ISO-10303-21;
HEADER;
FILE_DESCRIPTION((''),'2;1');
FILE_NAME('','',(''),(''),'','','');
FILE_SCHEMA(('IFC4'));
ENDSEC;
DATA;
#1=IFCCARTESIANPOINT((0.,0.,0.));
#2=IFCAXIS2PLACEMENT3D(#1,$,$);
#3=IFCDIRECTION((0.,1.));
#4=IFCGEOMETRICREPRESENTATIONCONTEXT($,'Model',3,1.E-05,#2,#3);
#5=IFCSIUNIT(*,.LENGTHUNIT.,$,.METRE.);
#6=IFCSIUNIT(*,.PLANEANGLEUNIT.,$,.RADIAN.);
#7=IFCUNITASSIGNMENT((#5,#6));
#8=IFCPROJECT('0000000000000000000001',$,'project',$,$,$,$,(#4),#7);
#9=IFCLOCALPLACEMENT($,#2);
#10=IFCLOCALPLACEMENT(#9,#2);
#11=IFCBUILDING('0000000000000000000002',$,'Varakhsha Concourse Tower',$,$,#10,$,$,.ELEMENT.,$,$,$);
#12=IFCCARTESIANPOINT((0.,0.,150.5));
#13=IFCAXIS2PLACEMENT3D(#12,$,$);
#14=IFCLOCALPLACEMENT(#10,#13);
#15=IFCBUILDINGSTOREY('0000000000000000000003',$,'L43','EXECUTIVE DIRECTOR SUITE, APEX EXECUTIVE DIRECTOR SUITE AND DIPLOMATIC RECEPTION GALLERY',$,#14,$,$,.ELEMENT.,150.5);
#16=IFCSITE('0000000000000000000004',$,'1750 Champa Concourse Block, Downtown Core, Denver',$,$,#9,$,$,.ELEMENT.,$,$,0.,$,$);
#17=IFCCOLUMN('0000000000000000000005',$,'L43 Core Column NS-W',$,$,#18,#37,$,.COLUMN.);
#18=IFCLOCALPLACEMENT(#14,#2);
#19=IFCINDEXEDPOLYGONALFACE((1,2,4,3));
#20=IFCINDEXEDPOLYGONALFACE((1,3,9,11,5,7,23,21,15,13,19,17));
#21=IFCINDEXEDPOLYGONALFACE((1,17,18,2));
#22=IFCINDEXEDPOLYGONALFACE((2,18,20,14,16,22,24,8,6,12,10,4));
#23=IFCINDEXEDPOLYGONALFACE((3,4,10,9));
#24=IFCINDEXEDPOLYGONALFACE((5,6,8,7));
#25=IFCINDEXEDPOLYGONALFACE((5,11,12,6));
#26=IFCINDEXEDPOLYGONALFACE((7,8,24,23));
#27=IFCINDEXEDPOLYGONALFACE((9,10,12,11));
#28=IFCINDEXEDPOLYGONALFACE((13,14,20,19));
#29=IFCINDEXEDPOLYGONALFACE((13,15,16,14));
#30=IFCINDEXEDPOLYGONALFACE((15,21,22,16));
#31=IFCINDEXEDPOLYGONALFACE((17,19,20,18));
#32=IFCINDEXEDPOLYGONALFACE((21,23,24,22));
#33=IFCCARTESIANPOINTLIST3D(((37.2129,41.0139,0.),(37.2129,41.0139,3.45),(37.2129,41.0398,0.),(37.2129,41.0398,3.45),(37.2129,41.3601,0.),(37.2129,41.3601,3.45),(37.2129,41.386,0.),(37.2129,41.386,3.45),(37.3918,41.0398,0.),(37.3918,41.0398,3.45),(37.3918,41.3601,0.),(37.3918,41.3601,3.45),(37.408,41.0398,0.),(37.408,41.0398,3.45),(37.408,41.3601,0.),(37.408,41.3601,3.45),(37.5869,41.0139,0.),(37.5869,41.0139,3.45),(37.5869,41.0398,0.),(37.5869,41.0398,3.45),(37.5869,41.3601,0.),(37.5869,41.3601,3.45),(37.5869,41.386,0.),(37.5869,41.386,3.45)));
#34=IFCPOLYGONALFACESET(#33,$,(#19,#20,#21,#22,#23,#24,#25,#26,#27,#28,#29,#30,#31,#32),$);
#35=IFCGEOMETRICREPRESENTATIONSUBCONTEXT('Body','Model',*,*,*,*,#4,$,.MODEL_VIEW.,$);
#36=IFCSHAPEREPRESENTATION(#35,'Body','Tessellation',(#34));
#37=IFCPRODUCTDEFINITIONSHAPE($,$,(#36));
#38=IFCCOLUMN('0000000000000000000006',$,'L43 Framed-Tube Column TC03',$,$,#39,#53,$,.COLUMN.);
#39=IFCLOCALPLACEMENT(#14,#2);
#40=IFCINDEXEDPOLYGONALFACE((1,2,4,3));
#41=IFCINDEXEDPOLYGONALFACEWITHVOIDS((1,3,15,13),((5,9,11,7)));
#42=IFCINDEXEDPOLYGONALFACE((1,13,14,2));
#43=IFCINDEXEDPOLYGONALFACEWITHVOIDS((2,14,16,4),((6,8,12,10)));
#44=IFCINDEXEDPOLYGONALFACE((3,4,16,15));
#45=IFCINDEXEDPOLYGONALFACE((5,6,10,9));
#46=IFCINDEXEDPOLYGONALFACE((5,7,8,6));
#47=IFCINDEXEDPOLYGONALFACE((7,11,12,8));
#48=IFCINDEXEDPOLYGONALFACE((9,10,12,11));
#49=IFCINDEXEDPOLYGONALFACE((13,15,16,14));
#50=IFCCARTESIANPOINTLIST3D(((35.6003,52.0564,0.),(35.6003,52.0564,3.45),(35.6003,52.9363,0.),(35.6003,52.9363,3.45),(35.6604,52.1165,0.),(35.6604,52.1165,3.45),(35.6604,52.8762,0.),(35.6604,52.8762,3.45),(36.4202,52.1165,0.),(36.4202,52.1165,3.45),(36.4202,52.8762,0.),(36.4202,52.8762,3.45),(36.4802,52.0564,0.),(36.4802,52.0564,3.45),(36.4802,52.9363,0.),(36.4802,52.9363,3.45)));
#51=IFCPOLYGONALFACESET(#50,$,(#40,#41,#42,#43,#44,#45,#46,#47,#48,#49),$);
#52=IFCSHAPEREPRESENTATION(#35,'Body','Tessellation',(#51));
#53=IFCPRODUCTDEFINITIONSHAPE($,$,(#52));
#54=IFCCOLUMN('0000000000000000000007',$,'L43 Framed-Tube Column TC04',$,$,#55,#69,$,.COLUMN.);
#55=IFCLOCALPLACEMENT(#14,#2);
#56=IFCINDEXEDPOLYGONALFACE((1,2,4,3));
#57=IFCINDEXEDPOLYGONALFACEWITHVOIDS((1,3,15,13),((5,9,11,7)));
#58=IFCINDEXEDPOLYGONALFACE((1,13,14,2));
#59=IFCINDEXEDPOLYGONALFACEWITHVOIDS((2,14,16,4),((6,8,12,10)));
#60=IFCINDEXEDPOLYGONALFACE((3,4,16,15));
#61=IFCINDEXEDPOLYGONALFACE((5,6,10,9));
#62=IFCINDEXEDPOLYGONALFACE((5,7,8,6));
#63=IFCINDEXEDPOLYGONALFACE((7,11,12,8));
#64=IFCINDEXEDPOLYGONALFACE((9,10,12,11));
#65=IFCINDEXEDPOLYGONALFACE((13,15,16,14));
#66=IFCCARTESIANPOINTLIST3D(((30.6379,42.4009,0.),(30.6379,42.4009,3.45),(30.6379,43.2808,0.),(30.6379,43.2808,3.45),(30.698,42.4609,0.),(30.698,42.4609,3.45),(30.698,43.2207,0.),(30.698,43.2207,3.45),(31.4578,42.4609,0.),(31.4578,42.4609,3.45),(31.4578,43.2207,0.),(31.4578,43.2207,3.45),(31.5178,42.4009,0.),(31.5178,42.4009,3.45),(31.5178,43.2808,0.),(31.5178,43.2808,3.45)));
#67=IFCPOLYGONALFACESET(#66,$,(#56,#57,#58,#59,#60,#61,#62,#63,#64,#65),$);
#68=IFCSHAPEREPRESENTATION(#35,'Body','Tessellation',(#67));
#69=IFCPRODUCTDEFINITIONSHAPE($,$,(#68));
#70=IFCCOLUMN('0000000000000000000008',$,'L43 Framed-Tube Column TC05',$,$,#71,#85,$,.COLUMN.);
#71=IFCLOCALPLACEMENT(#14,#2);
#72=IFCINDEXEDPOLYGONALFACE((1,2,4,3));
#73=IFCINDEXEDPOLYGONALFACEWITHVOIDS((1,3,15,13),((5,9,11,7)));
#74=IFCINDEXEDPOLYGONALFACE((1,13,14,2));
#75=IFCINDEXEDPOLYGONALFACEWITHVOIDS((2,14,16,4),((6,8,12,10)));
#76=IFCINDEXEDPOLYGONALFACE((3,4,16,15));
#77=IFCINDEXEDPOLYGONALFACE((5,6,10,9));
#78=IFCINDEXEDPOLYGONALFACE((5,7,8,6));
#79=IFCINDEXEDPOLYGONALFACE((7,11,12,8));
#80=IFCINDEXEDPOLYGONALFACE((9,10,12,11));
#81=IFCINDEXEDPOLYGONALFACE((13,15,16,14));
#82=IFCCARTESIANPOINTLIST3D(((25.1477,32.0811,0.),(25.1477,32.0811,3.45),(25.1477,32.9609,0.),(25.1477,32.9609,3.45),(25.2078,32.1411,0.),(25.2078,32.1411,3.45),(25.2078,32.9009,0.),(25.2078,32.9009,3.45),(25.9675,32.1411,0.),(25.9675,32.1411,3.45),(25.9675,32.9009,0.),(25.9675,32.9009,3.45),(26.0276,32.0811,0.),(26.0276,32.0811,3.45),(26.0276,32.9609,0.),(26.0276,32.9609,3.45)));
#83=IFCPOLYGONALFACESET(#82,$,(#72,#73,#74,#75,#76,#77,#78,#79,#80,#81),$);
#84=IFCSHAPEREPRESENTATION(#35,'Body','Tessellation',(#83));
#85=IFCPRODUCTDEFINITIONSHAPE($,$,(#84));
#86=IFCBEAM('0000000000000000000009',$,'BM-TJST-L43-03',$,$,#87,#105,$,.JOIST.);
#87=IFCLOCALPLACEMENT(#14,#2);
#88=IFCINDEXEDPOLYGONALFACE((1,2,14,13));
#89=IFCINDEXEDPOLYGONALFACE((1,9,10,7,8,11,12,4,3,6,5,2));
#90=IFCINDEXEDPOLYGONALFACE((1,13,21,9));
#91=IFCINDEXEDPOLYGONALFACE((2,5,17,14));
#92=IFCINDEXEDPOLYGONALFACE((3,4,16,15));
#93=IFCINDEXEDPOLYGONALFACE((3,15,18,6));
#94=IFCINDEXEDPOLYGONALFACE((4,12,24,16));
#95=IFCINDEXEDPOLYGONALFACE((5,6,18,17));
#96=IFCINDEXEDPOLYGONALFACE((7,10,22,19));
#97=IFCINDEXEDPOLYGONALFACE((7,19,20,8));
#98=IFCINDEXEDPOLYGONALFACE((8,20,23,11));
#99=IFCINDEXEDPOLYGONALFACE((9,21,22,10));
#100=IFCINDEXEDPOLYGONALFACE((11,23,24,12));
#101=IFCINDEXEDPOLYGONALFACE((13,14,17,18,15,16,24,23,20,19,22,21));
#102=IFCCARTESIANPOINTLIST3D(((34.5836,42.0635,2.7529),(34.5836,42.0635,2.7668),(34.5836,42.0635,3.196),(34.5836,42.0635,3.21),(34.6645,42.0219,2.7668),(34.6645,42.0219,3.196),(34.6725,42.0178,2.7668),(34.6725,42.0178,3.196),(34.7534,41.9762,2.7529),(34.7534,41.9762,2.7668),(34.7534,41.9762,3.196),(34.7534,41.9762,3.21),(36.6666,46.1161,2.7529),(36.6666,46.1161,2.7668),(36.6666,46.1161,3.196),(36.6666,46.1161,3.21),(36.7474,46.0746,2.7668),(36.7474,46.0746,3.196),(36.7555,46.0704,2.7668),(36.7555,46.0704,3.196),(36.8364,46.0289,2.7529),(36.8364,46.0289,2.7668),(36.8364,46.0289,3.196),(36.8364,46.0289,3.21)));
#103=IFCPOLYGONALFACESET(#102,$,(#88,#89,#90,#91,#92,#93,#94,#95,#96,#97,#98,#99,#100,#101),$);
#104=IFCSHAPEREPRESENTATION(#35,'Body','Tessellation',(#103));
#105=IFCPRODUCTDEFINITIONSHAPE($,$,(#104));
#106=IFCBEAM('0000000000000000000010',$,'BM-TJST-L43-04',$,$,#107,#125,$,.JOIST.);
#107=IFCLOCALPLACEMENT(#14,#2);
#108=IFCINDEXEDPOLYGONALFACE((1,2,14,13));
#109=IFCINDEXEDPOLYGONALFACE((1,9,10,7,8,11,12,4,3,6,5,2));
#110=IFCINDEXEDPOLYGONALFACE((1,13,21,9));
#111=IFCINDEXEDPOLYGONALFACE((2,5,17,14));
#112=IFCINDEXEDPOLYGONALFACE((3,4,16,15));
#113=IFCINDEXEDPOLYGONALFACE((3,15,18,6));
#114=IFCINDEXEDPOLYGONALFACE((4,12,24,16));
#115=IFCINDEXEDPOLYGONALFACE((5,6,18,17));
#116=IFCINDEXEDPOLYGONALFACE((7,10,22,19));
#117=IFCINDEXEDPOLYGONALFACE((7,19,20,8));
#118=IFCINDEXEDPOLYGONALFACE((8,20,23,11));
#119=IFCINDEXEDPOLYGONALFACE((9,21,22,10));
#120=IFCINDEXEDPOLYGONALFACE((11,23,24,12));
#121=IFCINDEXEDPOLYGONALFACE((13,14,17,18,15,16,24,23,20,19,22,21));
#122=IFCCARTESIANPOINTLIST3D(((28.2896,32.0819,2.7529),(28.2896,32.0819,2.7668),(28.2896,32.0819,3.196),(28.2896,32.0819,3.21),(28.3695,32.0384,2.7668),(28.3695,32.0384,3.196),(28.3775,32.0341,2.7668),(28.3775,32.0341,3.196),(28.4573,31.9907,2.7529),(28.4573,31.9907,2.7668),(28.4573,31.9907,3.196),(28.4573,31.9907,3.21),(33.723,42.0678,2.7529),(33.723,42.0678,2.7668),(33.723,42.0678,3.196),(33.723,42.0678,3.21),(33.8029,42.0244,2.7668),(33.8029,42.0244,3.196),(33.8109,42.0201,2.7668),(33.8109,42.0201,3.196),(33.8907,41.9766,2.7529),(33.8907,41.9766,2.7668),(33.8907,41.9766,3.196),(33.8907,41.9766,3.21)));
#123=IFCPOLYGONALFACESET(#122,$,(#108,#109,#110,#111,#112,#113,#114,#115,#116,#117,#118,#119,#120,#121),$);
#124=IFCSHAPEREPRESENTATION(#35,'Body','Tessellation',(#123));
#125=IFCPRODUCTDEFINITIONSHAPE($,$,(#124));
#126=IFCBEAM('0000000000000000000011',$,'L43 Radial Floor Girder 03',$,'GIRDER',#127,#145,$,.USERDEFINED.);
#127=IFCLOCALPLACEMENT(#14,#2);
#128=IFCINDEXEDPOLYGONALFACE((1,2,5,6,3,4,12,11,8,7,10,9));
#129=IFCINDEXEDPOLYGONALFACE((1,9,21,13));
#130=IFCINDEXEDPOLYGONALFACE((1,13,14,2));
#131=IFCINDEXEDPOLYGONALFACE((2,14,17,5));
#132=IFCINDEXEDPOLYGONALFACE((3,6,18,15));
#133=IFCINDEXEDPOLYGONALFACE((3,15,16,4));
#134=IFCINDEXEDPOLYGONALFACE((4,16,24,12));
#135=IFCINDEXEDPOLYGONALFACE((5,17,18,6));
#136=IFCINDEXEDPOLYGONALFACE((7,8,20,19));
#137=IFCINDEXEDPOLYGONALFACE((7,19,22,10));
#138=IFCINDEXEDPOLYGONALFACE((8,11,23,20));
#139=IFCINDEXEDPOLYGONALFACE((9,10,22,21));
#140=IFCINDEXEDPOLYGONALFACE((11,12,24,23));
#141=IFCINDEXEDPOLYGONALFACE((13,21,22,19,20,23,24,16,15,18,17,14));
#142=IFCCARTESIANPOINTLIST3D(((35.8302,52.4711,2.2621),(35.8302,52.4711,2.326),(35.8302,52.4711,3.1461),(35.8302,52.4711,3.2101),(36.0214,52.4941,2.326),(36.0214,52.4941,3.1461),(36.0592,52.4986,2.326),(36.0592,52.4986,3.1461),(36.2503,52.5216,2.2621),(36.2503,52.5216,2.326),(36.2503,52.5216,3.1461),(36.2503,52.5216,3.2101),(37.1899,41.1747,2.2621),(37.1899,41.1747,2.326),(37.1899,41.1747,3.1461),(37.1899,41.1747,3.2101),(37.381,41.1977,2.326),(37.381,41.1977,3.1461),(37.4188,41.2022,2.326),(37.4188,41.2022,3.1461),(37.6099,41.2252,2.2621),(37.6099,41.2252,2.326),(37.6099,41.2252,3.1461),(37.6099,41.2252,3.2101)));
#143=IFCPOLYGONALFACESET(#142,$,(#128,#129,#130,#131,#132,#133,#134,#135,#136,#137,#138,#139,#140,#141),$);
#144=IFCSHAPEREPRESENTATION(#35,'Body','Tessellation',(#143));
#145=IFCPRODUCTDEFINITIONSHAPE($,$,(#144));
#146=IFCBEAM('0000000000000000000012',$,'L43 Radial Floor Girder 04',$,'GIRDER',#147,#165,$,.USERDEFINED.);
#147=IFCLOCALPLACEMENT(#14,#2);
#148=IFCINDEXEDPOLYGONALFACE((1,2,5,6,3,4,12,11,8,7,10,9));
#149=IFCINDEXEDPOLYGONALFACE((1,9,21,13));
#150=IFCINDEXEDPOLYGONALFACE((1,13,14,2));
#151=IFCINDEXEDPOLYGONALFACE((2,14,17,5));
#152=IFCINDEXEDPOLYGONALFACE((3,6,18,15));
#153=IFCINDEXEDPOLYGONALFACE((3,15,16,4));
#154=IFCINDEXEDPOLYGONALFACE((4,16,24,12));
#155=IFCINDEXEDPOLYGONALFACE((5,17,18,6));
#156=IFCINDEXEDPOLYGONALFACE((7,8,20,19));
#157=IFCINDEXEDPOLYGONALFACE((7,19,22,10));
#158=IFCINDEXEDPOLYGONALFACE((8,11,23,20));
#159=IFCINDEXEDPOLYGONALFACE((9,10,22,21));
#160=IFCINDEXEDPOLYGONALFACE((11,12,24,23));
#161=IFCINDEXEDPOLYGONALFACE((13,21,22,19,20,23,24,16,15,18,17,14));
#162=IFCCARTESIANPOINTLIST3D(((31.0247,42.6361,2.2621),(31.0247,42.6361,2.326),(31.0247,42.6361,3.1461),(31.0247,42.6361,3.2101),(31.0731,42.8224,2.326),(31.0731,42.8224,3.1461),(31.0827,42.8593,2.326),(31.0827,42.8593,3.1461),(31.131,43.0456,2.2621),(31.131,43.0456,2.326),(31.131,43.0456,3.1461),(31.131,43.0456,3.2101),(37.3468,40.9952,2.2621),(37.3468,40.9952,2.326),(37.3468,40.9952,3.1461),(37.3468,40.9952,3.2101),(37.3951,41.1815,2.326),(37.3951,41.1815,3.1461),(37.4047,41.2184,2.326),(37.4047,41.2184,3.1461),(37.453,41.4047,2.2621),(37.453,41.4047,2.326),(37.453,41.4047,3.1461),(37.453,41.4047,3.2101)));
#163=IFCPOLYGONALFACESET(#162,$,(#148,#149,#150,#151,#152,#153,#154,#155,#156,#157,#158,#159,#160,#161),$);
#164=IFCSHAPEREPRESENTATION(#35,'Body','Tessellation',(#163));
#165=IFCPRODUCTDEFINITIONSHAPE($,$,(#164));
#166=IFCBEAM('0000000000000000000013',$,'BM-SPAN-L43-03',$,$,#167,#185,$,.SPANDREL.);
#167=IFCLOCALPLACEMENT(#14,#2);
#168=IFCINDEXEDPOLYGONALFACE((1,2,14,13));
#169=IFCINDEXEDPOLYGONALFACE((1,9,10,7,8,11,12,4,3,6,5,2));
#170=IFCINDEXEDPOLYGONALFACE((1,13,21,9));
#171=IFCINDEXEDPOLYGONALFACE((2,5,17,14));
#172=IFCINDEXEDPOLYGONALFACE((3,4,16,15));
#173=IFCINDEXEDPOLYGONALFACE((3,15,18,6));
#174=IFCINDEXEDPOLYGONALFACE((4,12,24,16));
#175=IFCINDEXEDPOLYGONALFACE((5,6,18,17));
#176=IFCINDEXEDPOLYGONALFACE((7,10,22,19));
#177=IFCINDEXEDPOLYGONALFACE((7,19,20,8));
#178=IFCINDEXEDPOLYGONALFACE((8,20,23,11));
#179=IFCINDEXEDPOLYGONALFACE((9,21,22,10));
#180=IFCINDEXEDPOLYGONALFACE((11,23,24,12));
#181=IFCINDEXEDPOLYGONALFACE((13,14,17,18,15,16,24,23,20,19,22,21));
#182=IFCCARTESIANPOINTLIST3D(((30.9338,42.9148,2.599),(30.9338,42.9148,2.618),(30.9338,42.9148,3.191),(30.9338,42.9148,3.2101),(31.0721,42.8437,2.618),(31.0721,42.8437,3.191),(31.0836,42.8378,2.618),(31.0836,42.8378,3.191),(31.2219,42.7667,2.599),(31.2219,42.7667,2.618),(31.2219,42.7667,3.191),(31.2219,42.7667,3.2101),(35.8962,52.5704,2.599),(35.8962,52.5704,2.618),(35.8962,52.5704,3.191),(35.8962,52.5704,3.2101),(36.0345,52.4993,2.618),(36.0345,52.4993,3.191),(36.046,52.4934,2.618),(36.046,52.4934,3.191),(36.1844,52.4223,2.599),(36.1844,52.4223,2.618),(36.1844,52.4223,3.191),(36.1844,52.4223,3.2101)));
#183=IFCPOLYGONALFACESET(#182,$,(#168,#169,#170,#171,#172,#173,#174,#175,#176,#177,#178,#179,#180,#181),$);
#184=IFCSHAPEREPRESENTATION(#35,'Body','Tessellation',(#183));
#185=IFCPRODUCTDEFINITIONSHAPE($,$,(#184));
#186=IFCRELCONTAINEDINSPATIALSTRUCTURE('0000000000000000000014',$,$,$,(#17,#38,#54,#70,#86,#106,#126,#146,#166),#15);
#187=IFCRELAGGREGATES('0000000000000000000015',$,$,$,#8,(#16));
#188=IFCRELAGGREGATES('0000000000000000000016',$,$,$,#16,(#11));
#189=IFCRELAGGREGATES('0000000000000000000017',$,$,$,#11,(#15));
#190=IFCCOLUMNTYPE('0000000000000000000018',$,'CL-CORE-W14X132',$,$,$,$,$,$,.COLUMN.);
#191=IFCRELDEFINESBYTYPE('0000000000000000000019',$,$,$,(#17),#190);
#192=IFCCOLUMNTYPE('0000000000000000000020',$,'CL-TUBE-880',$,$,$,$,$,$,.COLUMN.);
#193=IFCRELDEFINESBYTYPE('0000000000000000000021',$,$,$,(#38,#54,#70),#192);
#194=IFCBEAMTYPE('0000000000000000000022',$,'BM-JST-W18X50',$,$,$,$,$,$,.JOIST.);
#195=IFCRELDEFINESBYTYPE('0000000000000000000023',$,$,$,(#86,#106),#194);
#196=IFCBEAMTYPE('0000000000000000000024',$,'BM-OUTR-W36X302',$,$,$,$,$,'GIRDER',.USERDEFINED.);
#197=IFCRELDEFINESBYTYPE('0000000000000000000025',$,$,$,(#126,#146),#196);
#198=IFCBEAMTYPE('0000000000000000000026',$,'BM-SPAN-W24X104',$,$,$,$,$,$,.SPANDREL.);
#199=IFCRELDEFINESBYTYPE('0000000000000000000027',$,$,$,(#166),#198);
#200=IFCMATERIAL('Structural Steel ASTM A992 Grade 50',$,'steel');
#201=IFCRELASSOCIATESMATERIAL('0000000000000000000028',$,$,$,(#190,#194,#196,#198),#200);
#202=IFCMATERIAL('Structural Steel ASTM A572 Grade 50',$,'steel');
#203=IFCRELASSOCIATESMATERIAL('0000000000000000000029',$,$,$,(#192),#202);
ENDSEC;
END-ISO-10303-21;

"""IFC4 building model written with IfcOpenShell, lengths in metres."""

from ifc_helpers import new_model, si_unit, direction, frame, origin, origin_2d, place, context, subcontext, project, spatial, hollow_rectangle, i_section, extrude, material, material_profile, profile_set, type_object, element, save


model = new_model("IFC4")

# Units and contexts
model_context = context("Model", 3, precision=1e-05, world=origin(), true_north=direction((0.0, 1.0)))
body_context = subcontext(model_context, "Body", "Model", "MODEL_VIEW")
ifc_project = project(units=[si_unit("LENGTHUNIT", "METRE"), si_unit("PLANEANGLEUNIT", "RADIAN")], contexts=[model_context])

# Site, building, storey
site_placement = place(None, origin())
site = spatial("IfcSite", under=ifc_project, at=site_placement, Name="1750 Champa Concourse Block, Downtown Core, Denver", CompositionType="ELEMENT", RefElevation=0.0)
building_placement = place(site_placement, origin())
building = spatial("IfcBuilding", under=site, at=building_placement, Name="Varakhsha Concourse Tower", CompositionType="ELEMENT")
storey_placement = place(building_placement, frame((0.0, 0.0, 150.5)))
storey = spatial("IfcBuildingStorey", under=building, at=storey_placement, Name="L43", Description="EXECUTIVE DIRECTOR SUITE, APEX EXECUTIVE DIRECTOR SUITE AND DIPLOMATIC RECEPTION GALLERY", CompositionType="ELEMENT", Elevation=150.5)

# Columns
ifc_material_1 = material(Name="Structural Steel ASTM A992 Grade 50", Category="steel")
ifc_material_profile_1 = material_profile(ifc_material_1, i_section(OverallWidth=0.374, OverallDepth=0.3721, WebThickness=0.0161, FlangeThickness=0.0259, at=origin_2d()), Name="W14X132")
ifc_profile_set_1 = profile_set([ifc_material_profile_1], Name="Structural Steel ASTM A992 Grade 50")
column_type_1 = type_object("IfcColumnType", Name="CL-CORE-W14X132", PredefinedType="COLUMN", material=ifc_profile_set_1)
column_placement = place(storey_placement, frame((37.3999, 41.2, 0.0), z_axis=(0.0, 0.0, 1.0), x_axis=(1.0, 0.0, 0.0)))
element("IfcColumn", 1, at=column_placement, inside=storey, type_object=column_type_1, Name="L43 Core Column NS-W", PredefinedType="COLUMN", context=body_context, shape_type="SweptSolid", body=[
    extrude(i_section(OverallWidth=0.374, OverallDepth=0.3721, WebThickness=0.0161, FlangeThickness=0.0259, at=origin_2d()), origin(), (0.0, 0.0, 1.0), 3.45),
])
ifc_material_2 = material(Name="Structural Steel ASTM A572 Grade 50", Category="steel")
ifc_material_profile_2 = material_profile(ifc_material_2, hollow_rectangle(XDim=0.8799, YDim=0.8799, WallThickness=0.0601, at=origin_2d()), Name="BOX 880x880x60")
ifc_profile_set_2 = profile_set([ifc_material_profile_2], Name="Structural Steel ASTM A572 Grade 50")
column_type_2 = type_object("IfcColumnType", Name="CL-TUBE-880", PredefinedType="COLUMN", material=ifc_profile_set_2)
for number, where, z_axis, x_axis, name in (
    (2, (36.0403, 52.4963, 0.0), (0.0, 0.0, 1.0), (1.0, 0.0, 0.0), "L43 Framed-Tube Column TC03"),
    (3, (31.0779, 42.8408, 0.0), (0.0, 0.0, 1.0), (1.0, 0.0, 0.0), "L43 Framed-Tube Column TC04"),
    (4, (25.5876, 32.521, 0.0), (0.0, 0.0, 1.0), (1.0, 0.0, 0.0), "L43 Framed-Tube Column TC05"),
):
    element("IfcColumn", number, at=place(storey_placement, frame(where, z_axis=z_axis, x_axis=x_axis)), inside=storey, type_object=column_type_2, Name=name, PredefinedType="COLUMN", context=body_context, shape_type="SweptSolid", body=[
        extrude(hollow_rectangle(XDim=0.8799, YDim=0.8799, WallThickness=0.0601, at=origin_2d()), origin(), (0.0, 0.0, 1.0), 3.45),
    ])

# Beams
ifc_material_profile_3 = material_profile(ifc_material_1, i_section(OverallWidth=0.1909, OverallDepth=0.457, WebThickness=0.009, FlangeThickness=0.0139, at=origin_2d()), Name="W18X50")
ifc_profile_set_3 = profile_set([ifc_material_profile_3], Name="Structural Steel ASTM A992 Grade 50")
beam_type_1 = type_object("IfcBeamType", Name="BM-JST-W18X50", PredefinedType="JOIST", material=ifc_profile_set_3)
beam_1_placement = place(storey_placement, frame((36.7515, 46.0725, 2.9814), z_axis=(-0.45713, -0.8894, 0.0), x_axis=(0.8894, -0.45713, 0.0)))
element("IfcBeam", 5, at=beam_1_placement, inside=storey, type_object=beam_type_1, Name="BM-TJST-L43-03", PredefinedType="JOIST", context=body_context, shape_type="SweptSolid", body=[
    extrude(i_section(OverallWidth=0.1909, OverallDepth=0.457, WebThickness=0.009, FlangeThickness=0.0139, at=origin_2d()), origin(), (0.0, 0.0, 1.0), 4.5566),
])
beam_2_placement = place(storey_placement, frame((33.8069, 42.0222, 2.9814), z_axis=(-0.477939, -0.878393, 0.0), x_axis=(0.878393, -0.477939, 0.0)))
element("IfcBeam", 6, at=beam_2_placement, inside=storey, type_object=beam_type_1, Name="BM-TJST-L43-04", PredefinedType="JOIST", context=body_context, shape_type="SweptSolid", body=[
    extrude(i_section(OverallWidth=0.1909, OverallDepth=0.457, WebThickness=0.009, FlangeThickness=0.0139, at=origin_2d()), origin(), (0.0, 0.0, 1.0), 11.3684),
])
ifc_material_profile_4 = material_profile(ifc_material_1, i_section(OverallWidth=0.4231, OverallDepth=0.948, WebThickness=0.0381, FlangeThickness=0.064, at=origin_2d()), Name="W36X302")
ifc_profile_set_4 = profile_set([ifc_material_profile_4], Name="Structural Steel ASTM A992 Grade 50")
beam_type_2 = type_object("IfcBeamType", Name="BM-OUTR-W36X302", ElementType="GIRDER", PredefinedType="USERDEFINED", material=ifc_profile_set_4)
beam_3_placement = place(storey_placement, frame((37.3999, 41.2, 2.7361), z_axis=(-0.119496, 0.992835, 0.0), x_axis=(-0.992835, -0.119496, 0.0)))
element("IfcBeam", 7, at=beam_3_placement, inside=storey, type_object=beam_type_2, Name="L43 Radial Floor Girder 03", ObjectType="GIRDER", PredefinedType="USERDEFINED", context=body_context, shape_type="SweptSolid", body=[
    extrude(i_section(OverallWidth=0.4231, OverallDepth=0.948, WebThickness=0.0381, FlangeThickness=0.064, at=origin_2d()), origin(), (0.0, 0.0, 1.0), 11.3779),
])
beam_4_placement = place(storey_placement, frame((37.3999, 41.2, 2.7361), z_axis=(-0.967929, 0.251224, 0.0), x_axis=(-0.251224, -0.967929, 0.0)))
element("IfcBeam", 8, at=beam_4_placement, inside=storey, type_object=beam_type_2, Name="L43 Radial Floor Girder 04", ObjectType="GIRDER", PredefinedType="USERDEFINED", context=body_context, shape_type="SweptSolid", body=[
    extrude(i_section(OverallWidth=0.4231, OverallDepth=0.948, WebThickness=0.0381, FlangeThickness=0.064, at=origin_2d()), origin(), (0.0, 0.0, 1.0), 6.5315),
])
ifc_material_profile_5 = material_profile(ifc_material_1, i_section(OverallWidth=0.324, OverallDepth=0.6111, WebThickness=0.0129, FlangeThickness=0.019, at=origin_2d()), Name="W24X104")
ifc_profile_set_5 = profile_set([ifc_material_profile_5], Name="Structural Steel ASTM A992 Grade 50")
beam_type_3 = type_object("IfcBeamType", Name="BM-SPAN-W24X104", PredefinedType="SPANDREL", material=ifc_profile_set_5)
beam_5_placement = place(storey_placement, frame((36.0403, 52.4963, 2.9045), z_axis=(-0.457108, -0.889411, 0.0), x_axis=(0.889411, -0.457108, 0.0)))
element("IfcBeam", 9, at=beam_5_placement, inside=storey, type_object=beam_type_3, Name="BM-SPAN-L43-03", PredefinedType="SPANDREL", context=body_context, shape_type="SweptSolid", body=[
    extrude(i_section(OverallWidth=0.324, OverallDepth=0.6111, WebThickness=0.0129, FlangeThickness=0.019, at=origin_2d()), origin(), (0.0, 0.0, 1.0), 10.8562),
])

save(model, "model.ifc")
